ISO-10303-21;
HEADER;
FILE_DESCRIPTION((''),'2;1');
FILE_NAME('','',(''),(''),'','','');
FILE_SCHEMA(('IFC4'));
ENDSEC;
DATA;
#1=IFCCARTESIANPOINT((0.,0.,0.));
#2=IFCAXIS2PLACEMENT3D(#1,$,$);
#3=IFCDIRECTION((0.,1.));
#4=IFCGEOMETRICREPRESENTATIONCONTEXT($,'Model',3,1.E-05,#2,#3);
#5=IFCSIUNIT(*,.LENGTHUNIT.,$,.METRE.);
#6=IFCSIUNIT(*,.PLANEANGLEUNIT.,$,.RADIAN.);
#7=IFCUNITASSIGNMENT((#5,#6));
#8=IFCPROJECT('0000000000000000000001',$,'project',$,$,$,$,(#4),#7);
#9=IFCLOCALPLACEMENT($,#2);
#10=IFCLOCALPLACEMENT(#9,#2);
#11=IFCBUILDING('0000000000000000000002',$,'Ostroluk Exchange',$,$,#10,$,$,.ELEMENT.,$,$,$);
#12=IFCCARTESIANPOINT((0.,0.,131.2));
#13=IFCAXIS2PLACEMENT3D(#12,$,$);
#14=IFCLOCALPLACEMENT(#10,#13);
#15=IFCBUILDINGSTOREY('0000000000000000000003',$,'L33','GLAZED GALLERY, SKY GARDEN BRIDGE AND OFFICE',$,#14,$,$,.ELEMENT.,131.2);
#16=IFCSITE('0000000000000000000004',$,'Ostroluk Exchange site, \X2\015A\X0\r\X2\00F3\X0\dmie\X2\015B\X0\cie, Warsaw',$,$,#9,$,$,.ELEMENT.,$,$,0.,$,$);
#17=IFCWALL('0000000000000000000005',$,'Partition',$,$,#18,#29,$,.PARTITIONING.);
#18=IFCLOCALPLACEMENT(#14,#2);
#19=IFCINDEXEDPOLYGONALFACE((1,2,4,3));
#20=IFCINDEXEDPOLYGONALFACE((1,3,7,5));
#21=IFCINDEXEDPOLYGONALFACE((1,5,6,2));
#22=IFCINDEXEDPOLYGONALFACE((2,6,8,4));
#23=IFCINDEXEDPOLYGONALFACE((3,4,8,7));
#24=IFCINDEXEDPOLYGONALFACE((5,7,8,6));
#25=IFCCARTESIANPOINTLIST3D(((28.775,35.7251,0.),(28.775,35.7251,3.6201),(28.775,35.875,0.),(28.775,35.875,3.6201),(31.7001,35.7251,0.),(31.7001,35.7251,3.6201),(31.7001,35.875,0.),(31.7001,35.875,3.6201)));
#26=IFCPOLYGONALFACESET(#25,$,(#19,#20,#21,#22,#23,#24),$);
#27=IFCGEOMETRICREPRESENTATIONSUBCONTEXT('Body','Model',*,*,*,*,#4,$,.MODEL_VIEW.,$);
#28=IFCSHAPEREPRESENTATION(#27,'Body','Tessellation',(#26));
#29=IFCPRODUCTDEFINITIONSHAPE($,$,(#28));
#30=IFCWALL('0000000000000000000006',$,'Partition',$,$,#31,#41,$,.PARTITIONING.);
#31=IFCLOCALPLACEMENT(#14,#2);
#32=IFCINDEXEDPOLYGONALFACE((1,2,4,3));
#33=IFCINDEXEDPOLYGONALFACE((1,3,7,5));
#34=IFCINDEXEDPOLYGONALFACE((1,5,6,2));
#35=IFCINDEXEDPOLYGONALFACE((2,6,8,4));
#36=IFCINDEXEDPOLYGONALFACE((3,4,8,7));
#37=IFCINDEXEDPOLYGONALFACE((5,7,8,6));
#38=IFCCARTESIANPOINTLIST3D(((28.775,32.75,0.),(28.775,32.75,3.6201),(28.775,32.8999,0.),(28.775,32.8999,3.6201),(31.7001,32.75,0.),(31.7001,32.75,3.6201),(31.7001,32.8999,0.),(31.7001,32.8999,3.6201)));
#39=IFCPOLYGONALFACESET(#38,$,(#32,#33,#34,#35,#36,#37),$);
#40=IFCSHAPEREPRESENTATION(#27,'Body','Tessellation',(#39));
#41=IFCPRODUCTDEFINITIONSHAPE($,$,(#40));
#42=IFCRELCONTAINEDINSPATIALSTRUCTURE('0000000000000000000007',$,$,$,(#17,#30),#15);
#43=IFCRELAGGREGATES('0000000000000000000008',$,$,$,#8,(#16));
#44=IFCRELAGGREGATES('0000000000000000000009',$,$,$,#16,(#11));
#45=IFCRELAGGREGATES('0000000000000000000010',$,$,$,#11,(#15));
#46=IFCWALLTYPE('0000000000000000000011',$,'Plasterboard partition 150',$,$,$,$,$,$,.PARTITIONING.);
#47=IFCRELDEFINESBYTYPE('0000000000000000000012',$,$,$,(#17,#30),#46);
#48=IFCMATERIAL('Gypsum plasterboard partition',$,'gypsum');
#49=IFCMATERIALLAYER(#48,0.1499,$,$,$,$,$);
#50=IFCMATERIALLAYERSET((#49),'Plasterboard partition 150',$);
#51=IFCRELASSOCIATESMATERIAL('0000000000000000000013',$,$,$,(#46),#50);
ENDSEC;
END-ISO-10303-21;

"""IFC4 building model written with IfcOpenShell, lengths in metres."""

from ifc_helpers import new_model, si_unit, direction, frame, frame_2d, origin, place, context, subcontext, project, spatial, rectangle, extrude, material, layer, layer_set, type_object, element, save


model = new_model("IFC4")

# Units and contexts
model_context = context("Model", 3, precision=1e-05, world=origin(), true_north=direction((0.0, 1.0)))
body_context = subcontext(model_context, "Body", "Model", "MODEL_VIEW")
ifc_project = project(units=[si_unit("LENGTHUNIT", "METRE"), si_unit("PLANEANGLEUNIT", "RADIAN")], contexts=[model_context])

# Site, building, storey
site_placement = place(None, origin())
site = spatial("IfcSite", under=ifc_project, at=site_placement, Name="Ostroluk Exchange site, Śródmieście, Warsaw", CompositionType="ELEMENT", RefElevation=0.0)
building_placement = place(site_placement, origin())
building = spatial("IfcBuilding", under=site, at=building_placement, Name="Ostroluk Exchange", CompositionType="ELEMENT")
storey_placement = place(building_placement, frame((0.0, 0.0, 131.2)))
storey = spatial("IfcBuildingStorey", under=building, at=storey_placement, Name="L33", Description="GLAZED GALLERY, SKY GARDEN BRIDGE AND OFFICE", CompositionType="ELEMENT", Elevation=131.2)

# Shared definitions
ifc_material_1 = material(Name="Gypsum plasterboard partition", Category="gypsum")
ifc_layer_1 = layer(ifc_material_1, 0.1499)
ifc_layer_set_1 = layer_set([ifc_layer_1], Name="Plasterboard partition 150")
wall_type_1 = type_object("IfcWallType", Name="Plasterboard partition 150", PredefinedType="PARTITIONING", material=ifc_layer_set_1)

# Walls
for number, where, z_axis, x_axis, name in (
    (1, (31.7, 35.8, 0.0), (0.0, 0.0, 1.0), (-1.0, 0.0, 0.0), "Partition"),
    (2, (31.7, 32.825, 0.0), (0.0, 0.0, 1.0), (-1.0, 0.0, 0.0), "Partition"),
):
    element("IfcWall", number, at=place(storey_placement, frame(where, z_axis=z_axis, x_axis=x_axis)), inside=storey, type_object=wall_type_1, Name=name, PredefinedType="PARTITIONING", context=body_context, shape_type="SweptSolid", body=[
        extrude(rectangle(XDim=2.925, YDim=0.1499, at=frame_2d((1.4624, 0.0))), origin(), (0.0, 0.0, 1.0), 3.6201),
    ])

save(model, "model.ifc")
